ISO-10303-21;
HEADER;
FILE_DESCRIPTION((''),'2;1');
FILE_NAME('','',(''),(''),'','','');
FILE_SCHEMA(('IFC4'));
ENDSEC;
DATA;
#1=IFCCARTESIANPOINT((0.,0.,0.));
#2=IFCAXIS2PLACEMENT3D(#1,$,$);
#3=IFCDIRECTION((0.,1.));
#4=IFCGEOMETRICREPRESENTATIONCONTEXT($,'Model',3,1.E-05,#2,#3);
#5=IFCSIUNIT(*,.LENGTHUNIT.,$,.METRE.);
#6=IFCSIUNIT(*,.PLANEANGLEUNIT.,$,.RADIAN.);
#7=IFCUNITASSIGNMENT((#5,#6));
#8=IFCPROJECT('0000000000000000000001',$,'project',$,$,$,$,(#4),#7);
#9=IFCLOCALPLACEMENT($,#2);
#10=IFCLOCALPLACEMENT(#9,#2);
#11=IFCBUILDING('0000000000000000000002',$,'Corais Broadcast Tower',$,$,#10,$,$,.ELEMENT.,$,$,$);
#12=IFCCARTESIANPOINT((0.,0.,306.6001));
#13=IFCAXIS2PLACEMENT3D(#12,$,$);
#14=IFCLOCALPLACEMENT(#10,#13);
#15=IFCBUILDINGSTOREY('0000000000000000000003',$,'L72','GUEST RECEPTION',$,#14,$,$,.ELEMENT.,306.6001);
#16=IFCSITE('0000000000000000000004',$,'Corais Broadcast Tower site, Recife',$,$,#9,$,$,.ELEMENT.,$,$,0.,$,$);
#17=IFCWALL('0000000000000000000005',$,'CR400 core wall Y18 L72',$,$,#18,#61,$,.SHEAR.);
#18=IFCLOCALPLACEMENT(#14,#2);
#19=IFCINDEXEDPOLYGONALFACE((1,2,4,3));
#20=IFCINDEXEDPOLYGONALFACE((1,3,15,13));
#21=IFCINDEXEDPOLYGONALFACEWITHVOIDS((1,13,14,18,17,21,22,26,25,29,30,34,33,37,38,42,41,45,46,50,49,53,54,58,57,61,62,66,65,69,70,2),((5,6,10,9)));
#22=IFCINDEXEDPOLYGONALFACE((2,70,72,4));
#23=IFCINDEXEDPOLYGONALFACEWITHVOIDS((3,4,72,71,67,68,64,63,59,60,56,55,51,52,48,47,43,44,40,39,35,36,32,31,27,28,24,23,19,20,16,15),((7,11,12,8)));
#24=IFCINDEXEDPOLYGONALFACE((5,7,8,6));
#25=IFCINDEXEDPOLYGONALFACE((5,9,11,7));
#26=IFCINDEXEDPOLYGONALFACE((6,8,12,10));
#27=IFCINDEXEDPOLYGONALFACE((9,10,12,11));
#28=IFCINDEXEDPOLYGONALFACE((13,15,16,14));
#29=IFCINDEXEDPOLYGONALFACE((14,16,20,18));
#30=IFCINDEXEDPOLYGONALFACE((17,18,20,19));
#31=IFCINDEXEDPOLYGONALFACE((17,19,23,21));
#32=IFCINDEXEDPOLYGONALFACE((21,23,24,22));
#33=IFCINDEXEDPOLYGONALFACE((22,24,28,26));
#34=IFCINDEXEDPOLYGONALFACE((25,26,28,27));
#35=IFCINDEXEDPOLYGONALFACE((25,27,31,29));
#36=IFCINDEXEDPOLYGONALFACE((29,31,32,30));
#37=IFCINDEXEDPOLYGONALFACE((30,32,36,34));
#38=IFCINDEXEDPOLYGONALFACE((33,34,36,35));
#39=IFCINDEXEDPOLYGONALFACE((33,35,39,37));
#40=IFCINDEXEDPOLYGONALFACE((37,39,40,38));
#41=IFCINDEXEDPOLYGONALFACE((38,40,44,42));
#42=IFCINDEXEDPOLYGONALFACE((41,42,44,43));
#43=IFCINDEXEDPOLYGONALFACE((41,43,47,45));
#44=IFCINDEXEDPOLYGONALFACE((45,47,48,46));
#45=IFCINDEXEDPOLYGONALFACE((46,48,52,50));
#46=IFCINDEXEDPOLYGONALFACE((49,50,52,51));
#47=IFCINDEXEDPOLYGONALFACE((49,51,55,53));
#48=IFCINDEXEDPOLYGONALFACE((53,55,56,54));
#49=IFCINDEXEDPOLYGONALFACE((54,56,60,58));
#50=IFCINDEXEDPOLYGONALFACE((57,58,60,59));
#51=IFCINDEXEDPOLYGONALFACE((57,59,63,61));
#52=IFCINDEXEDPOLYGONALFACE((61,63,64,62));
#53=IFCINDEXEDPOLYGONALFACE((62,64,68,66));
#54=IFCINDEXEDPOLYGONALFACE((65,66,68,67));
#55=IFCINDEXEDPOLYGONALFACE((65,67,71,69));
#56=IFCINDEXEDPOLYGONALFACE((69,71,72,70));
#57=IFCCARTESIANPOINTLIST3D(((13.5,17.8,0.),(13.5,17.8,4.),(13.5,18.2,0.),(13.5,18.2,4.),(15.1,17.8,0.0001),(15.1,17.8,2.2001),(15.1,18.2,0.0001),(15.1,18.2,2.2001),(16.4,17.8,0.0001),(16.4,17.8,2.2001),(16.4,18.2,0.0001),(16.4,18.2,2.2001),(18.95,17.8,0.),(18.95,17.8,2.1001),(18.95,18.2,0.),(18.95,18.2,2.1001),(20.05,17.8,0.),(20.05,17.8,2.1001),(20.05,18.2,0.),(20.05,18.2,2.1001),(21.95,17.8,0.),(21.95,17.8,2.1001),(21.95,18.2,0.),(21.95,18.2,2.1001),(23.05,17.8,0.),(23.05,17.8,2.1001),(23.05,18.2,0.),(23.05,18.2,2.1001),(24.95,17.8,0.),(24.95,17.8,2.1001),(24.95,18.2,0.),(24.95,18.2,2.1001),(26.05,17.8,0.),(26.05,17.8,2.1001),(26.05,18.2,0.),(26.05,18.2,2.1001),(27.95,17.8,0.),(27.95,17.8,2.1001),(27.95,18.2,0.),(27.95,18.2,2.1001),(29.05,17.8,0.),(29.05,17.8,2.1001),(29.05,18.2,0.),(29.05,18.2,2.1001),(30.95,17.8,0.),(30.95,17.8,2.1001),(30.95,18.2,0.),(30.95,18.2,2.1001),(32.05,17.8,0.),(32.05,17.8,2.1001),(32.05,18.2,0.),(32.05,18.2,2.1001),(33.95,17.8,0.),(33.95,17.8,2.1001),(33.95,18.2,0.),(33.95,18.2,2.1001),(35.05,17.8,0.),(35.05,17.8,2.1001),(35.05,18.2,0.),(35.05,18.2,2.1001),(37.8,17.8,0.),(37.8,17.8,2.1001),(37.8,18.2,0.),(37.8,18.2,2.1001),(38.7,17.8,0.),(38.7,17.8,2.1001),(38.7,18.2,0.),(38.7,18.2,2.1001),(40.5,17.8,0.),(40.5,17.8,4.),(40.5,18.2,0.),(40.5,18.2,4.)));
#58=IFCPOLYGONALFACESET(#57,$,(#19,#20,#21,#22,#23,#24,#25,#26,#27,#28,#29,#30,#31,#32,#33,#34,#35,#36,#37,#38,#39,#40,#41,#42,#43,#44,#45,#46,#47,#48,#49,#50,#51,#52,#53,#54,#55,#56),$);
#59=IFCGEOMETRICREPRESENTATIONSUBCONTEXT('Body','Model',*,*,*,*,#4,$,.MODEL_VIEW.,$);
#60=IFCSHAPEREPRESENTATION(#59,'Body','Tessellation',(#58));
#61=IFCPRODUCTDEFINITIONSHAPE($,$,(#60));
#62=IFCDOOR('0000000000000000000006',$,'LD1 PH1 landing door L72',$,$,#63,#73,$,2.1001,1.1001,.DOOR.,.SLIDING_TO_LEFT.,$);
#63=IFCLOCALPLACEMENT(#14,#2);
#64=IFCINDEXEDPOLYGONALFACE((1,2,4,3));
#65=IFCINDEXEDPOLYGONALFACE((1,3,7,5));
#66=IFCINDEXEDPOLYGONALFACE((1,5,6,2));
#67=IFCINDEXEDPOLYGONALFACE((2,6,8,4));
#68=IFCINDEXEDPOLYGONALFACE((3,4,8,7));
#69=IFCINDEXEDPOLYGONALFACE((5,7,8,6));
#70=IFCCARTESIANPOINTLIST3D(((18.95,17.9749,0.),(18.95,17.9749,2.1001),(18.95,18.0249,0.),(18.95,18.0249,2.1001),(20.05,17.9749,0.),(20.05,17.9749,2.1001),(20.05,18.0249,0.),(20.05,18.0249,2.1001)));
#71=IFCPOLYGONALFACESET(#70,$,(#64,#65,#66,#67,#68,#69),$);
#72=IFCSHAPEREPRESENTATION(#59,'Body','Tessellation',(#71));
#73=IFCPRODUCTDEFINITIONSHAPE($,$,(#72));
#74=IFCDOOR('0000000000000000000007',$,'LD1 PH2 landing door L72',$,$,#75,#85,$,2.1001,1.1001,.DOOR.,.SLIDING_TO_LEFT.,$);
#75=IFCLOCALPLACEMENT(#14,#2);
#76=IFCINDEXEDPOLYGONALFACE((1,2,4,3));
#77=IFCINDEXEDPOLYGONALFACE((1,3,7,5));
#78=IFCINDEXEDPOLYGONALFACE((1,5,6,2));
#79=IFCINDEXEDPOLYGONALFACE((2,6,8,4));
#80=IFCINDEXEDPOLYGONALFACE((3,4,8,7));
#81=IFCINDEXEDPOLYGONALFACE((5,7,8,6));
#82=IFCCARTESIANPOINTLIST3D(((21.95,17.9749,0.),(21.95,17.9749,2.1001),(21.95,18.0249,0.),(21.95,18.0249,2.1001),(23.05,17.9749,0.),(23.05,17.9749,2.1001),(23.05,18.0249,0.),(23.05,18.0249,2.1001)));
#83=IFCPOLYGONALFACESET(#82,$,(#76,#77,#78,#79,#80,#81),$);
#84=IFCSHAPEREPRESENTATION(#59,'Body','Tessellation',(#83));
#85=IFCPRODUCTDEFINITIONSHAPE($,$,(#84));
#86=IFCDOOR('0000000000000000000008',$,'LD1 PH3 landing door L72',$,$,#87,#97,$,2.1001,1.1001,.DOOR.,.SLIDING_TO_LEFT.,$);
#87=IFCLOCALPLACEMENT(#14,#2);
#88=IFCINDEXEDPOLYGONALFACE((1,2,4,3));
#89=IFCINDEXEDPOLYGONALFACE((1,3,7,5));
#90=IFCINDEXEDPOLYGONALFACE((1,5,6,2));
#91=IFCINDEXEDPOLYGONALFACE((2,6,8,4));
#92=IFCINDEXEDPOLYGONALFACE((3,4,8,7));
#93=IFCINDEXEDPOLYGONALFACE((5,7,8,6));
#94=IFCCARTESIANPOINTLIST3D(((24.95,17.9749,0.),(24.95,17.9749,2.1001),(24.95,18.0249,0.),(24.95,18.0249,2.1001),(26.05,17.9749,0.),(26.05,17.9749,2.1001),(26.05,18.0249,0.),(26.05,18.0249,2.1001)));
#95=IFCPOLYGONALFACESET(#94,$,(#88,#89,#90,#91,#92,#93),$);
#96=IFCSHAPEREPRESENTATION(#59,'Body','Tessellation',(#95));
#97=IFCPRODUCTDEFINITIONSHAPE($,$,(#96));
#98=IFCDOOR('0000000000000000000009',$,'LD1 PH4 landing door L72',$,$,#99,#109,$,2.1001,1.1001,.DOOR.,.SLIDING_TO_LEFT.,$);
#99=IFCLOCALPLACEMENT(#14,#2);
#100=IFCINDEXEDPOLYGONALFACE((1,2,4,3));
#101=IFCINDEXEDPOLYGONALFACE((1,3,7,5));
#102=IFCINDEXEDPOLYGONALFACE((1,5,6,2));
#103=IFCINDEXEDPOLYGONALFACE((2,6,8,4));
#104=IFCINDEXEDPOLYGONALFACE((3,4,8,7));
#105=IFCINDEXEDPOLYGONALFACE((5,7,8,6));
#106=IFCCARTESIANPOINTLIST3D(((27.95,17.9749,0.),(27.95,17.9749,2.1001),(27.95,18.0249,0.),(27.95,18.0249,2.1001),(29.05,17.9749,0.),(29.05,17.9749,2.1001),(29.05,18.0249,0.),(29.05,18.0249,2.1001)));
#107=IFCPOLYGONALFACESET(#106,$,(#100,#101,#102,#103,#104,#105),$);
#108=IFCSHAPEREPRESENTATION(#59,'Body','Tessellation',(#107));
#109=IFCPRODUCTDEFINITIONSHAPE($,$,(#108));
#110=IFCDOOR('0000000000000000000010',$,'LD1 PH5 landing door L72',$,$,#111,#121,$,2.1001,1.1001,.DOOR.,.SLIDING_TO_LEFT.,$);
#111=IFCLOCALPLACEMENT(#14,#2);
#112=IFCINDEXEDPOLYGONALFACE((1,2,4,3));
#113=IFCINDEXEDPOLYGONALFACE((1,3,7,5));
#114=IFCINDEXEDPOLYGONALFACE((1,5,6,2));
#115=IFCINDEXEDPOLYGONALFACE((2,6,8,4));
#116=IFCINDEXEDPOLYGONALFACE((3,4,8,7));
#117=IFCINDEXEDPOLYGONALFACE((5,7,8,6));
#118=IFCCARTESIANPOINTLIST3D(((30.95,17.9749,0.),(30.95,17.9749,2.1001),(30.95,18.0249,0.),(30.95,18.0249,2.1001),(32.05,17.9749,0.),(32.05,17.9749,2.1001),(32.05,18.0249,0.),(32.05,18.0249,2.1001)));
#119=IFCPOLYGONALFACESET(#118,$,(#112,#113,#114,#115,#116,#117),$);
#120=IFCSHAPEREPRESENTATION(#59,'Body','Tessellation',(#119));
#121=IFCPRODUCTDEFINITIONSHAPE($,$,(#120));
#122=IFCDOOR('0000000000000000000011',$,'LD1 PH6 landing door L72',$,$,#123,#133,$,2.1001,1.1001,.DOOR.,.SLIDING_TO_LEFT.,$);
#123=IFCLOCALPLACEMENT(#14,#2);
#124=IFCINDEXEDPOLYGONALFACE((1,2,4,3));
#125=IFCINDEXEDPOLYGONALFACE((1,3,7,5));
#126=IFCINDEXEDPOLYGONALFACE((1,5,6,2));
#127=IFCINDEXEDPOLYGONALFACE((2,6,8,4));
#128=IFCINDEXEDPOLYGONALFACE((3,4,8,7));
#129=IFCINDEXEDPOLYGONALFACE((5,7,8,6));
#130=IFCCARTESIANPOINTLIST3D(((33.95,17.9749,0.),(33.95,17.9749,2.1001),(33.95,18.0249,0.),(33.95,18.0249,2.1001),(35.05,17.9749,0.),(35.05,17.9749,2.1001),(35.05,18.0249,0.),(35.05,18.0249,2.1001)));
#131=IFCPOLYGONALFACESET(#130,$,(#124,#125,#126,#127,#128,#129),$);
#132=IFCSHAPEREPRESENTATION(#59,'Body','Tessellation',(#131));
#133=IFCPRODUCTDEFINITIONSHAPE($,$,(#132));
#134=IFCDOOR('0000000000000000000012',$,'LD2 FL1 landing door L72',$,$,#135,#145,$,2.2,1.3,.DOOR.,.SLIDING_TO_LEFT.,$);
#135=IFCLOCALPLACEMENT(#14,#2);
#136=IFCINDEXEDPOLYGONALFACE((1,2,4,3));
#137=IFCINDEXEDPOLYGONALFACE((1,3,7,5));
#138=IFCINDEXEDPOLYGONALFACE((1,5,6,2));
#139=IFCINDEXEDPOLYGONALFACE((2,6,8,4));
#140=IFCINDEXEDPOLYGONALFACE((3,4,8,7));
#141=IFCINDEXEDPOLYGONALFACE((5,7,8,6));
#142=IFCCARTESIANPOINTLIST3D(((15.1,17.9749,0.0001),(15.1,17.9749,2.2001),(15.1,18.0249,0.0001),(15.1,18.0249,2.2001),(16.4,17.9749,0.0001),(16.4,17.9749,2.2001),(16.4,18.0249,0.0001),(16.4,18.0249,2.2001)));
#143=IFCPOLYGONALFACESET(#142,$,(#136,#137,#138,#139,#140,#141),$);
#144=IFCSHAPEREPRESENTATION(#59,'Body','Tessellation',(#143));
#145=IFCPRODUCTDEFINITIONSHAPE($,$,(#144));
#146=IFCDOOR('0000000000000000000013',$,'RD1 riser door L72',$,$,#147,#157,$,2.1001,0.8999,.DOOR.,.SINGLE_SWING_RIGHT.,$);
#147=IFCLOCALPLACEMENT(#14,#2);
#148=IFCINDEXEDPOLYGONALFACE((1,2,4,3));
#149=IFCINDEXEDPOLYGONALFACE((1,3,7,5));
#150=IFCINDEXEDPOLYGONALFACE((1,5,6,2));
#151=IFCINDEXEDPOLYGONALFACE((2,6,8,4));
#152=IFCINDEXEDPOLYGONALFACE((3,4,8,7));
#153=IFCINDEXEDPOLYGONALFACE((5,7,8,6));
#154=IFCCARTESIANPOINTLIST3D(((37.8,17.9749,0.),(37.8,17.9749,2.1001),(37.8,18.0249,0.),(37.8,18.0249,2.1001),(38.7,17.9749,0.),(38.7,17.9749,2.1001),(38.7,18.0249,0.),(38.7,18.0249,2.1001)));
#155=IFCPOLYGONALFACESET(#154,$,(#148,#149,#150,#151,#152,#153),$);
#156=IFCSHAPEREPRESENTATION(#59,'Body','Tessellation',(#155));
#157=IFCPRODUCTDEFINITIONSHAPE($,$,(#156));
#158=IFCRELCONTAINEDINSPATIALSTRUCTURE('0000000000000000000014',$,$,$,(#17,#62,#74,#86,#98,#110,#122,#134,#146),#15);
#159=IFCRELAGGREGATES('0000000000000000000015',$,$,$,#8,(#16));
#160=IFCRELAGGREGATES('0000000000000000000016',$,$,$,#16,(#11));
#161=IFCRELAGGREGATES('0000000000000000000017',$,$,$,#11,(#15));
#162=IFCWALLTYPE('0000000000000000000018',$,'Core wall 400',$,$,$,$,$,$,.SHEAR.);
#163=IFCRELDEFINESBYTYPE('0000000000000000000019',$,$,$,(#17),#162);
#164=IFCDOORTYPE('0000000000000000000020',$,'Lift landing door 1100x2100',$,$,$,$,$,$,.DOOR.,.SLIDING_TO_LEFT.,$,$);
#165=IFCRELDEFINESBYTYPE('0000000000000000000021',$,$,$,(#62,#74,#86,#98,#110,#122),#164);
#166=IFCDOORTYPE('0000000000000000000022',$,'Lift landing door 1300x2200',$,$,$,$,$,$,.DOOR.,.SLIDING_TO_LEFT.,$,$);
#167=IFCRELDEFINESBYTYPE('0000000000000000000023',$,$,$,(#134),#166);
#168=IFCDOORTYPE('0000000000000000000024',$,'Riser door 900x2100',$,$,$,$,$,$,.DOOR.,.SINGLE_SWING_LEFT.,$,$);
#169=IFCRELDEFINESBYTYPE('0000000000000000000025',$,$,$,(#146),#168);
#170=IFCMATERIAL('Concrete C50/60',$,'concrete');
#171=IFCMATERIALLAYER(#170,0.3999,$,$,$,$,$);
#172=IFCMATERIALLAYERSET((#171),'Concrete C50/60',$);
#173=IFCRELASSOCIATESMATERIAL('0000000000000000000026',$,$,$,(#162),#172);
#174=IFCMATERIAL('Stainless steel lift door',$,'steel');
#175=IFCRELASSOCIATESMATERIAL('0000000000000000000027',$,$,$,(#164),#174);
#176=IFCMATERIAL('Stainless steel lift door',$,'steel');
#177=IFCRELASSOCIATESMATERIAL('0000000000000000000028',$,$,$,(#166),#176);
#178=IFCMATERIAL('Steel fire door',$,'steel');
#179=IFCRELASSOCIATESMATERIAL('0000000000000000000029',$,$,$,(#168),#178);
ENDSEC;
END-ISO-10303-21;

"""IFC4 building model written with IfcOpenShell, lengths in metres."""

from ifc_helpers import new_model, si_unit, direction, frame, frame_2d, origin, place, context, subcontext, project, spatial, rectangle, extrude, material, layer, layer_set, type_object, element, fill, save


model = new_model("IFC4")

# Units and contexts
model_context = context("Model", 3, precision=1e-05, world=origin(), true_north=direction((0.0, 1.0)))
body_context = subcontext(model_context, "Body", "Model", "MODEL_VIEW")
ifc_project = project(units=[si_unit("LENGTHUNIT", "METRE"), si_unit("PLANEANGLEUNIT", "RADIAN")], contexts=[model_context])

# Site, building, storey
site_placement = place(None, origin())
site = spatial("IfcSite", under=ifc_project, at=site_placement, Name="Corais Broadcast Tower site, Recife", CompositionType="ELEMENT", RefElevation=0.0)
building_placement = place(site_placement, origin())
building = spatial("IfcBuilding", under=site, at=building_placement, Name="Corais Broadcast Tower", CompositionType="ELEMENT")
storey_placement = place(building_placement, frame((0.0, 0.0, 306.6001)))
storey = spatial("IfcBuildingStorey", under=building, at=storey_placement, Name="L72", Description="GUEST RECEPTION", CompositionType="ELEMENT", Elevation=306.6001)

# Shared definitions
ifc_material_1 = material(Name="Concrete C50/60", Category="concrete")
ifc_layer_1 = layer(ifc_material_1, 0.3999)
ifc_layer_set_1 = layer_set([ifc_layer_1], Name="Concrete C50/60")
wall_type_1 = type_object("IfcWallType", Name="Core wall 400", PredefinedType="SHEAR", material=ifc_layer_set_1)

# Wall, openings, doors
wall_1_placement = place(storey_placement, frame((13.5, 18.0, 0.0), z_axis=(0.0, 0.0, 1.0), x_axis=(1.0, 0.0, 0.0)))
wall_1 = element("IfcWall", 1, at=wall_1_placement, inside=storey, type_object=wall_type_1, Name="CR400 core wall Y18 L72", PredefinedType="SHEAR", context=body_context, shape_type="SweptSolid", body=[
    extrude(rectangle(XDim=27.0, YDim=0.3999, at=frame_2d((13.5, 0.0))), origin(), (0.0, 0.0, 1.0), 4.0),
])
opening_1_placement = place(wall_1_placement, frame((24.3, 0.0, 0.0)))
opening_1 = element("IfcOpeningElement", 2, at=opening_1_placement, cuts=wall_1, PredefinedType="OPENING", context=body_context, shape_type="SweptSolid", body=[
    extrude(rectangle(XDim=0.8999, YDim=2.1001, at=frame_2d((0.45, 1.05))), frame((0.0, 0.21, 0.0), z_axis=(0.0, -1.0, 0.0), x_axis=(1.0, 0.0, 0.0)), (0.0, 0.0, 1.0), 0.4199),
])
opening_2_placement = place(wall_1_placement, frame((5.45, 0.0, 0.0)))
opening_2 = element("IfcOpeningElement", 3, at=opening_2_placement, cuts=wall_1, PredefinedType="OPENING", context=body_context, shape_type="SweptSolid", body=[
    extrude(rectangle(XDim=1.1001, YDim=2.1001, at=frame_2d((0.55, 1.05))), frame((0.0, 0.21, 0.0), z_axis=(0.0, -1.0, 0.0), x_axis=(1.0, 0.0, 0.0)), (0.0, 0.0, 1.0), 0.4199),
])
opening_3_placement = place(wall_1_placement, frame((8.45, 0.0, 0.0)))
opening_3 = element("IfcOpeningElement", 4, at=opening_3_placement, cuts=wall_1, PredefinedType="OPENING", context=body_context, shape_type="SweptSolid", body=[
    extrude(rectangle(XDim=1.1001, YDim=2.1001, at=frame_2d((0.55, 1.05))), frame((0.0, 0.21, 0.0), z_axis=(0.0, -1.0, 0.0), x_axis=(1.0, 0.0, 0.0)), (0.0, 0.0, 1.0), 0.4199),
])
opening_4_placement = place(wall_1_placement, frame((11.45, 0.0, 0.0)))
opening_4 = element("IfcOpeningElement", 5, at=opening_4_placement, cuts=wall_1, PredefinedType="OPENING", context=body_context, shape_type="SweptSolid", body=[
    extrude(rectangle(XDim=1.1001, YDim=2.1001, at=frame_2d((0.55, 1.05))), frame((0.0, 0.21, 0.0), z_axis=(0.0, -1.0, 0.0), x_axis=(1.0, 0.0, 0.0)), (0.0, 0.0, 1.0), 0.4199),
])
opening_5_placement = place(wall_1_placement, frame((14.45, 0.0, 0.0)))
opening_5 = element("IfcOpeningElement", 6, at=opening_5_placement, cuts=wall_1, PredefinedType="OPENING", context=body_context, shape_type="SweptSolid", body=[
    extrude(rectangle(XDim=1.1001, YDim=2.1001, at=frame_2d((0.55, 1.05))), frame((0.0, 0.21, 0.0), z_axis=(0.0, -1.0, 0.0), x_axis=(1.0, 0.0, 0.0)), (0.0, 0.0, 1.0), 0.4199),
])
opening_6_placement = place(wall_1_placement, frame((17.45, 0.0, 0.0)))
opening_6 = element("IfcOpeningElement", 7, at=opening_6_placement, cuts=wall_1, PredefinedType="OPENING", context=body_context, shape_type="SweptSolid", body=[
    extrude(rectangle(XDim=1.1001, YDim=2.1001, at=frame_2d((0.55, 1.05))), frame((0.0, 0.21, 0.0), z_axis=(0.0, -1.0, 0.0), x_axis=(1.0, 0.0, 0.0)), (0.0, 0.0, 1.0), 0.4199),
])
opening_7_placement = place(wall_1_placement, frame((20.45, 0.0, 0.0)))
opening_7 = element("IfcOpeningElement", 8, at=opening_7_placement, cuts=wall_1, PredefinedType="OPENING", context=body_context, shape_type="SweptSolid", body=[
    extrude(rectangle(XDim=1.1001, YDim=2.1001, at=frame_2d((0.55, 1.05))), frame((0.0, 0.21, 0.0), z_axis=(0.0, -1.0, 0.0), x_axis=(1.0, 0.0, 0.0)), (0.0, 0.0, 1.0), 0.4199),
])
opening_8_placement = place(wall_1_placement, frame((1.6001, 0.0, 0.0)))
opening_8 = element("IfcOpeningElement", 9, at=opening_8_placement, cuts=wall_1, PredefinedType="OPENING", context=body_context, shape_type="SweptSolid", body=[
    extrude(rectangle(XDim=1.3, YDim=2.2, at=frame_2d((0.6499, 1.1001))), frame((0.0, 0.21, 0.0), z_axis=(0.0, -1.0, 0.0), x_axis=(1.0, 0.0, 0.0)), (0.0, 0.0, 1.0), 0.4199),
])
ifc_material_2 = material(Name="Stainless steel lift door", Category="steel")
door_type_1 = type_object("IfcDoorType", Name="Lift landing door 1100x2100", OperationType="SLIDING_TO_LEFT", PredefinedType="DOOR", material=ifc_material_2)
door_1_placement = place(opening_2_placement, origin())
door_1 = element("IfcDoor", 10, at=door_1_placement, inside=storey, type_object=door_type_1, Name="LD1 PH1 landing door L72", OperationType="SLIDING_TO_LEFT", OverallHeight=2.1001, OverallWidth=1.1001, PredefinedType="DOOR", context=body_context, shape_type="SweptSolid", body=[
    extrude(rectangle(XDim=1.1001, YDim=2.1001, at=frame_2d((0.55, 1.05))), frame((0.0, 0.0249, 0.0), z_axis=(0.0, -1.0, 0.0), x_axis=(1.0, 0.0, 0.0)), (0.0, 0.0, 1.0), 0.05),
])
fill(opening_2, door_1)
door_2_placement = place(opening_3_placement, origin())
door_2 = element("IfcDoor", 11, at=door_2_placement, inside=storey, type_object=door_type_1, Name="LD1 PH2 landing door L72", OperationType="SLIDING_TO_LEFT", OverallHeight=2.1001, OverallWidth=1.1001, PredefinedType="DOOR", context=body_context, shape_type="SweptSolid", body=[
    extrude(rectangle(XDim=1.1001, YDim=2.1001, at=frame_2d((0.55, 1.05))), frame((0.0, 0.0249, 0.0), z_axis=(0.0, -1.0, 0.0), x_axis=(1.0, 0.0, 0.0)), (0.0, 0.0, 1.0), 0.05),
])
fill(opening_3, door_2)
door_3_placement = place(opening_4_placement, origin())
door_3 = element("IfcDoor", 12, at=door_3_placement, inside=storey, type_object=door_type_1, Name="LD1 PH3 landing door L72", OperationType="SLIDING_TO_LEFT", OverallHeight=2.1001, OverallWidth=1.1001, PredefinedType="DOOR", context=body_context, shape_type="SweptSolid", body=[
    extrude(rectangle(XDim=1.1001, YDim=2.1001, at=frame_2d((0.55, 1.05))), frame((0.0, 0.0249, 0.0), z_axis=(0.0, -1.0, 0.0), x_axis=(1.0, 0.0, 0.0)), (0.0, 0.0, 1.0), 0.05),
])
fill(opening_4, door_3)
door_4_placement = place(opening_5_placement, origin())
door_4 = element("IfcDoor", 13, at=door_4_placement, inside=storey, type_object=door_type_1, Name="LD1 PH4 landing door L72", OperationType="SLIDING_TO_LEFT", OverallHeight=2.1001, OverallWidth=1.1001, PredefinedType="DOOR", context=body_context, shape_type="SweptSolid", body=[
    extrude(rectangle(XDim=1.1001, YDim=2.1001, at=frame_2d((0.55, 1.05))), frame((0.0, 0.0249, 0.0), z_axis=(0.0, -1.0, 0.0), x_axis=(1.0, 0.0, 0.0)), (0.0, 0.0, 1.0), 0.05),
])
fill(opening_5, door_4)
door_5_placement = place(opening_6_placement, origin())
door_5 = element("IfcDoor", 14, at=door_5_placement, inside=storey, type_object=door_type_1, Name="LD1 PH5 landing door L72", OperationType="SLIDING_TO_LEFT", OverallHeight=2.1001, OverallWidth=1.1001, PredefinedType="DOOR", context=body_context, shape_type="SweptSolid", body=[
    extrude(rectangle(XDim=1.1001, YDim=2.1001, at=frame_2d((0.55, 1.05))), frame((0.0, 0.0249, 0.0), z_axis=(0.0, -1.0, 0.0), x_axis=(1.0, 0.0, 0.0)), (0.0, 0.0, 1.0), 0.05),
])
fill(opening_6, door_5)
door_6_placement = place(opening_7_placement, origin())
door_6 = element("IfcDoor", 15, at=door_6_placement, inside=storey, type_object=door_type_1, Name="LD1 PH6 landing door L72", OperationType="SLIDING_TO_LEFT", OverallHeight=2.1001, OverallWidth=1.1001, PredefinedType="DOOR", context=body_context, shape_type="SweptSolid", body=[
    extrude(rectangle(XDim=1.1001, YDim=2.1001, at=frame_2d((0.55, 1.05))), frame((0.0, 0.0249, 0.0), z_axis=(0.0, -1.0, 0.0), x_axis=(1.0, 0.0, 0.0)), (0.0, 0.0, 1.0), 0.05),
])
fill(opening_7, door_6)
ifc_material_3 = material(Name="Stainless steel lift door", Category="steel")
door_type_2 = type_object("IfcDoorType", Name="Lift landing door 1300x2200", OperationType="SLIDING_TO_LEFT", PredefinedType="DOOR", material=ifc_material_3)
door_7_placement = place(opening_8_placement, origin())
door_7 = element("IfcDoor", 16, at=door_7_placement, inside=storey, type_object=door_type_2, Name="LD2 FL1 landing door L72", OperationType="SLIDING_TO_LEFT", OverallHeight=2.2, OverallWidth=1.3, PredefinedType="DOOR", context=body_context, shape_type="SweptSolid", body=[
    extrude(rectangle(XDim=1.3, YDim=2.2, at=frame_2d((0.6499, 1.1001))), frame((0.0, 0.0249, 0.0), z_axis=(0.0, -1.0, 0.0), x_axis=(1.0, 0.0, 0.0)), (0.0, 0.0, 1.0), 0.05),
])
fill(opening_8, door_7)
ifc_material_4 = material(Name="Steel fire door", Category="steel")
door_type_3 = type_object("IfcDoorType", Name="Riser door 900x2100", OperationType="SINGLE_SWING_LEFT", PredefinedType="DOOR", material=ifc_material_4)
door_8_placement = place(opening_1_placement, origin())
door_8 = element("IfcDoor", 17, at=door_8_placement, inside=storey, type_object=door_type_3, Name="RD1 riser door L72", OperationType="SINGLE_SWING_RIGHT", OverallHeight=2.1001, OverallWidth=0.8999, PredefinedType="DOOR", context=body_context, shape_type="SweptSolid", body=[
    extrude(rectangle(XDim=0.8999, YDim=2.1001, at=frame_2d((0.45, 1.05))), frame((0.0, 0.0249, 0.0), z_axis=(0.0, -1.0, 0.0), x_axis=(1.0, 0.0, 0.0)), (0.0, 0.0, 1.0), 0.05),
])
fill(opening_1, door_8)

save(model, "model.ifc")
